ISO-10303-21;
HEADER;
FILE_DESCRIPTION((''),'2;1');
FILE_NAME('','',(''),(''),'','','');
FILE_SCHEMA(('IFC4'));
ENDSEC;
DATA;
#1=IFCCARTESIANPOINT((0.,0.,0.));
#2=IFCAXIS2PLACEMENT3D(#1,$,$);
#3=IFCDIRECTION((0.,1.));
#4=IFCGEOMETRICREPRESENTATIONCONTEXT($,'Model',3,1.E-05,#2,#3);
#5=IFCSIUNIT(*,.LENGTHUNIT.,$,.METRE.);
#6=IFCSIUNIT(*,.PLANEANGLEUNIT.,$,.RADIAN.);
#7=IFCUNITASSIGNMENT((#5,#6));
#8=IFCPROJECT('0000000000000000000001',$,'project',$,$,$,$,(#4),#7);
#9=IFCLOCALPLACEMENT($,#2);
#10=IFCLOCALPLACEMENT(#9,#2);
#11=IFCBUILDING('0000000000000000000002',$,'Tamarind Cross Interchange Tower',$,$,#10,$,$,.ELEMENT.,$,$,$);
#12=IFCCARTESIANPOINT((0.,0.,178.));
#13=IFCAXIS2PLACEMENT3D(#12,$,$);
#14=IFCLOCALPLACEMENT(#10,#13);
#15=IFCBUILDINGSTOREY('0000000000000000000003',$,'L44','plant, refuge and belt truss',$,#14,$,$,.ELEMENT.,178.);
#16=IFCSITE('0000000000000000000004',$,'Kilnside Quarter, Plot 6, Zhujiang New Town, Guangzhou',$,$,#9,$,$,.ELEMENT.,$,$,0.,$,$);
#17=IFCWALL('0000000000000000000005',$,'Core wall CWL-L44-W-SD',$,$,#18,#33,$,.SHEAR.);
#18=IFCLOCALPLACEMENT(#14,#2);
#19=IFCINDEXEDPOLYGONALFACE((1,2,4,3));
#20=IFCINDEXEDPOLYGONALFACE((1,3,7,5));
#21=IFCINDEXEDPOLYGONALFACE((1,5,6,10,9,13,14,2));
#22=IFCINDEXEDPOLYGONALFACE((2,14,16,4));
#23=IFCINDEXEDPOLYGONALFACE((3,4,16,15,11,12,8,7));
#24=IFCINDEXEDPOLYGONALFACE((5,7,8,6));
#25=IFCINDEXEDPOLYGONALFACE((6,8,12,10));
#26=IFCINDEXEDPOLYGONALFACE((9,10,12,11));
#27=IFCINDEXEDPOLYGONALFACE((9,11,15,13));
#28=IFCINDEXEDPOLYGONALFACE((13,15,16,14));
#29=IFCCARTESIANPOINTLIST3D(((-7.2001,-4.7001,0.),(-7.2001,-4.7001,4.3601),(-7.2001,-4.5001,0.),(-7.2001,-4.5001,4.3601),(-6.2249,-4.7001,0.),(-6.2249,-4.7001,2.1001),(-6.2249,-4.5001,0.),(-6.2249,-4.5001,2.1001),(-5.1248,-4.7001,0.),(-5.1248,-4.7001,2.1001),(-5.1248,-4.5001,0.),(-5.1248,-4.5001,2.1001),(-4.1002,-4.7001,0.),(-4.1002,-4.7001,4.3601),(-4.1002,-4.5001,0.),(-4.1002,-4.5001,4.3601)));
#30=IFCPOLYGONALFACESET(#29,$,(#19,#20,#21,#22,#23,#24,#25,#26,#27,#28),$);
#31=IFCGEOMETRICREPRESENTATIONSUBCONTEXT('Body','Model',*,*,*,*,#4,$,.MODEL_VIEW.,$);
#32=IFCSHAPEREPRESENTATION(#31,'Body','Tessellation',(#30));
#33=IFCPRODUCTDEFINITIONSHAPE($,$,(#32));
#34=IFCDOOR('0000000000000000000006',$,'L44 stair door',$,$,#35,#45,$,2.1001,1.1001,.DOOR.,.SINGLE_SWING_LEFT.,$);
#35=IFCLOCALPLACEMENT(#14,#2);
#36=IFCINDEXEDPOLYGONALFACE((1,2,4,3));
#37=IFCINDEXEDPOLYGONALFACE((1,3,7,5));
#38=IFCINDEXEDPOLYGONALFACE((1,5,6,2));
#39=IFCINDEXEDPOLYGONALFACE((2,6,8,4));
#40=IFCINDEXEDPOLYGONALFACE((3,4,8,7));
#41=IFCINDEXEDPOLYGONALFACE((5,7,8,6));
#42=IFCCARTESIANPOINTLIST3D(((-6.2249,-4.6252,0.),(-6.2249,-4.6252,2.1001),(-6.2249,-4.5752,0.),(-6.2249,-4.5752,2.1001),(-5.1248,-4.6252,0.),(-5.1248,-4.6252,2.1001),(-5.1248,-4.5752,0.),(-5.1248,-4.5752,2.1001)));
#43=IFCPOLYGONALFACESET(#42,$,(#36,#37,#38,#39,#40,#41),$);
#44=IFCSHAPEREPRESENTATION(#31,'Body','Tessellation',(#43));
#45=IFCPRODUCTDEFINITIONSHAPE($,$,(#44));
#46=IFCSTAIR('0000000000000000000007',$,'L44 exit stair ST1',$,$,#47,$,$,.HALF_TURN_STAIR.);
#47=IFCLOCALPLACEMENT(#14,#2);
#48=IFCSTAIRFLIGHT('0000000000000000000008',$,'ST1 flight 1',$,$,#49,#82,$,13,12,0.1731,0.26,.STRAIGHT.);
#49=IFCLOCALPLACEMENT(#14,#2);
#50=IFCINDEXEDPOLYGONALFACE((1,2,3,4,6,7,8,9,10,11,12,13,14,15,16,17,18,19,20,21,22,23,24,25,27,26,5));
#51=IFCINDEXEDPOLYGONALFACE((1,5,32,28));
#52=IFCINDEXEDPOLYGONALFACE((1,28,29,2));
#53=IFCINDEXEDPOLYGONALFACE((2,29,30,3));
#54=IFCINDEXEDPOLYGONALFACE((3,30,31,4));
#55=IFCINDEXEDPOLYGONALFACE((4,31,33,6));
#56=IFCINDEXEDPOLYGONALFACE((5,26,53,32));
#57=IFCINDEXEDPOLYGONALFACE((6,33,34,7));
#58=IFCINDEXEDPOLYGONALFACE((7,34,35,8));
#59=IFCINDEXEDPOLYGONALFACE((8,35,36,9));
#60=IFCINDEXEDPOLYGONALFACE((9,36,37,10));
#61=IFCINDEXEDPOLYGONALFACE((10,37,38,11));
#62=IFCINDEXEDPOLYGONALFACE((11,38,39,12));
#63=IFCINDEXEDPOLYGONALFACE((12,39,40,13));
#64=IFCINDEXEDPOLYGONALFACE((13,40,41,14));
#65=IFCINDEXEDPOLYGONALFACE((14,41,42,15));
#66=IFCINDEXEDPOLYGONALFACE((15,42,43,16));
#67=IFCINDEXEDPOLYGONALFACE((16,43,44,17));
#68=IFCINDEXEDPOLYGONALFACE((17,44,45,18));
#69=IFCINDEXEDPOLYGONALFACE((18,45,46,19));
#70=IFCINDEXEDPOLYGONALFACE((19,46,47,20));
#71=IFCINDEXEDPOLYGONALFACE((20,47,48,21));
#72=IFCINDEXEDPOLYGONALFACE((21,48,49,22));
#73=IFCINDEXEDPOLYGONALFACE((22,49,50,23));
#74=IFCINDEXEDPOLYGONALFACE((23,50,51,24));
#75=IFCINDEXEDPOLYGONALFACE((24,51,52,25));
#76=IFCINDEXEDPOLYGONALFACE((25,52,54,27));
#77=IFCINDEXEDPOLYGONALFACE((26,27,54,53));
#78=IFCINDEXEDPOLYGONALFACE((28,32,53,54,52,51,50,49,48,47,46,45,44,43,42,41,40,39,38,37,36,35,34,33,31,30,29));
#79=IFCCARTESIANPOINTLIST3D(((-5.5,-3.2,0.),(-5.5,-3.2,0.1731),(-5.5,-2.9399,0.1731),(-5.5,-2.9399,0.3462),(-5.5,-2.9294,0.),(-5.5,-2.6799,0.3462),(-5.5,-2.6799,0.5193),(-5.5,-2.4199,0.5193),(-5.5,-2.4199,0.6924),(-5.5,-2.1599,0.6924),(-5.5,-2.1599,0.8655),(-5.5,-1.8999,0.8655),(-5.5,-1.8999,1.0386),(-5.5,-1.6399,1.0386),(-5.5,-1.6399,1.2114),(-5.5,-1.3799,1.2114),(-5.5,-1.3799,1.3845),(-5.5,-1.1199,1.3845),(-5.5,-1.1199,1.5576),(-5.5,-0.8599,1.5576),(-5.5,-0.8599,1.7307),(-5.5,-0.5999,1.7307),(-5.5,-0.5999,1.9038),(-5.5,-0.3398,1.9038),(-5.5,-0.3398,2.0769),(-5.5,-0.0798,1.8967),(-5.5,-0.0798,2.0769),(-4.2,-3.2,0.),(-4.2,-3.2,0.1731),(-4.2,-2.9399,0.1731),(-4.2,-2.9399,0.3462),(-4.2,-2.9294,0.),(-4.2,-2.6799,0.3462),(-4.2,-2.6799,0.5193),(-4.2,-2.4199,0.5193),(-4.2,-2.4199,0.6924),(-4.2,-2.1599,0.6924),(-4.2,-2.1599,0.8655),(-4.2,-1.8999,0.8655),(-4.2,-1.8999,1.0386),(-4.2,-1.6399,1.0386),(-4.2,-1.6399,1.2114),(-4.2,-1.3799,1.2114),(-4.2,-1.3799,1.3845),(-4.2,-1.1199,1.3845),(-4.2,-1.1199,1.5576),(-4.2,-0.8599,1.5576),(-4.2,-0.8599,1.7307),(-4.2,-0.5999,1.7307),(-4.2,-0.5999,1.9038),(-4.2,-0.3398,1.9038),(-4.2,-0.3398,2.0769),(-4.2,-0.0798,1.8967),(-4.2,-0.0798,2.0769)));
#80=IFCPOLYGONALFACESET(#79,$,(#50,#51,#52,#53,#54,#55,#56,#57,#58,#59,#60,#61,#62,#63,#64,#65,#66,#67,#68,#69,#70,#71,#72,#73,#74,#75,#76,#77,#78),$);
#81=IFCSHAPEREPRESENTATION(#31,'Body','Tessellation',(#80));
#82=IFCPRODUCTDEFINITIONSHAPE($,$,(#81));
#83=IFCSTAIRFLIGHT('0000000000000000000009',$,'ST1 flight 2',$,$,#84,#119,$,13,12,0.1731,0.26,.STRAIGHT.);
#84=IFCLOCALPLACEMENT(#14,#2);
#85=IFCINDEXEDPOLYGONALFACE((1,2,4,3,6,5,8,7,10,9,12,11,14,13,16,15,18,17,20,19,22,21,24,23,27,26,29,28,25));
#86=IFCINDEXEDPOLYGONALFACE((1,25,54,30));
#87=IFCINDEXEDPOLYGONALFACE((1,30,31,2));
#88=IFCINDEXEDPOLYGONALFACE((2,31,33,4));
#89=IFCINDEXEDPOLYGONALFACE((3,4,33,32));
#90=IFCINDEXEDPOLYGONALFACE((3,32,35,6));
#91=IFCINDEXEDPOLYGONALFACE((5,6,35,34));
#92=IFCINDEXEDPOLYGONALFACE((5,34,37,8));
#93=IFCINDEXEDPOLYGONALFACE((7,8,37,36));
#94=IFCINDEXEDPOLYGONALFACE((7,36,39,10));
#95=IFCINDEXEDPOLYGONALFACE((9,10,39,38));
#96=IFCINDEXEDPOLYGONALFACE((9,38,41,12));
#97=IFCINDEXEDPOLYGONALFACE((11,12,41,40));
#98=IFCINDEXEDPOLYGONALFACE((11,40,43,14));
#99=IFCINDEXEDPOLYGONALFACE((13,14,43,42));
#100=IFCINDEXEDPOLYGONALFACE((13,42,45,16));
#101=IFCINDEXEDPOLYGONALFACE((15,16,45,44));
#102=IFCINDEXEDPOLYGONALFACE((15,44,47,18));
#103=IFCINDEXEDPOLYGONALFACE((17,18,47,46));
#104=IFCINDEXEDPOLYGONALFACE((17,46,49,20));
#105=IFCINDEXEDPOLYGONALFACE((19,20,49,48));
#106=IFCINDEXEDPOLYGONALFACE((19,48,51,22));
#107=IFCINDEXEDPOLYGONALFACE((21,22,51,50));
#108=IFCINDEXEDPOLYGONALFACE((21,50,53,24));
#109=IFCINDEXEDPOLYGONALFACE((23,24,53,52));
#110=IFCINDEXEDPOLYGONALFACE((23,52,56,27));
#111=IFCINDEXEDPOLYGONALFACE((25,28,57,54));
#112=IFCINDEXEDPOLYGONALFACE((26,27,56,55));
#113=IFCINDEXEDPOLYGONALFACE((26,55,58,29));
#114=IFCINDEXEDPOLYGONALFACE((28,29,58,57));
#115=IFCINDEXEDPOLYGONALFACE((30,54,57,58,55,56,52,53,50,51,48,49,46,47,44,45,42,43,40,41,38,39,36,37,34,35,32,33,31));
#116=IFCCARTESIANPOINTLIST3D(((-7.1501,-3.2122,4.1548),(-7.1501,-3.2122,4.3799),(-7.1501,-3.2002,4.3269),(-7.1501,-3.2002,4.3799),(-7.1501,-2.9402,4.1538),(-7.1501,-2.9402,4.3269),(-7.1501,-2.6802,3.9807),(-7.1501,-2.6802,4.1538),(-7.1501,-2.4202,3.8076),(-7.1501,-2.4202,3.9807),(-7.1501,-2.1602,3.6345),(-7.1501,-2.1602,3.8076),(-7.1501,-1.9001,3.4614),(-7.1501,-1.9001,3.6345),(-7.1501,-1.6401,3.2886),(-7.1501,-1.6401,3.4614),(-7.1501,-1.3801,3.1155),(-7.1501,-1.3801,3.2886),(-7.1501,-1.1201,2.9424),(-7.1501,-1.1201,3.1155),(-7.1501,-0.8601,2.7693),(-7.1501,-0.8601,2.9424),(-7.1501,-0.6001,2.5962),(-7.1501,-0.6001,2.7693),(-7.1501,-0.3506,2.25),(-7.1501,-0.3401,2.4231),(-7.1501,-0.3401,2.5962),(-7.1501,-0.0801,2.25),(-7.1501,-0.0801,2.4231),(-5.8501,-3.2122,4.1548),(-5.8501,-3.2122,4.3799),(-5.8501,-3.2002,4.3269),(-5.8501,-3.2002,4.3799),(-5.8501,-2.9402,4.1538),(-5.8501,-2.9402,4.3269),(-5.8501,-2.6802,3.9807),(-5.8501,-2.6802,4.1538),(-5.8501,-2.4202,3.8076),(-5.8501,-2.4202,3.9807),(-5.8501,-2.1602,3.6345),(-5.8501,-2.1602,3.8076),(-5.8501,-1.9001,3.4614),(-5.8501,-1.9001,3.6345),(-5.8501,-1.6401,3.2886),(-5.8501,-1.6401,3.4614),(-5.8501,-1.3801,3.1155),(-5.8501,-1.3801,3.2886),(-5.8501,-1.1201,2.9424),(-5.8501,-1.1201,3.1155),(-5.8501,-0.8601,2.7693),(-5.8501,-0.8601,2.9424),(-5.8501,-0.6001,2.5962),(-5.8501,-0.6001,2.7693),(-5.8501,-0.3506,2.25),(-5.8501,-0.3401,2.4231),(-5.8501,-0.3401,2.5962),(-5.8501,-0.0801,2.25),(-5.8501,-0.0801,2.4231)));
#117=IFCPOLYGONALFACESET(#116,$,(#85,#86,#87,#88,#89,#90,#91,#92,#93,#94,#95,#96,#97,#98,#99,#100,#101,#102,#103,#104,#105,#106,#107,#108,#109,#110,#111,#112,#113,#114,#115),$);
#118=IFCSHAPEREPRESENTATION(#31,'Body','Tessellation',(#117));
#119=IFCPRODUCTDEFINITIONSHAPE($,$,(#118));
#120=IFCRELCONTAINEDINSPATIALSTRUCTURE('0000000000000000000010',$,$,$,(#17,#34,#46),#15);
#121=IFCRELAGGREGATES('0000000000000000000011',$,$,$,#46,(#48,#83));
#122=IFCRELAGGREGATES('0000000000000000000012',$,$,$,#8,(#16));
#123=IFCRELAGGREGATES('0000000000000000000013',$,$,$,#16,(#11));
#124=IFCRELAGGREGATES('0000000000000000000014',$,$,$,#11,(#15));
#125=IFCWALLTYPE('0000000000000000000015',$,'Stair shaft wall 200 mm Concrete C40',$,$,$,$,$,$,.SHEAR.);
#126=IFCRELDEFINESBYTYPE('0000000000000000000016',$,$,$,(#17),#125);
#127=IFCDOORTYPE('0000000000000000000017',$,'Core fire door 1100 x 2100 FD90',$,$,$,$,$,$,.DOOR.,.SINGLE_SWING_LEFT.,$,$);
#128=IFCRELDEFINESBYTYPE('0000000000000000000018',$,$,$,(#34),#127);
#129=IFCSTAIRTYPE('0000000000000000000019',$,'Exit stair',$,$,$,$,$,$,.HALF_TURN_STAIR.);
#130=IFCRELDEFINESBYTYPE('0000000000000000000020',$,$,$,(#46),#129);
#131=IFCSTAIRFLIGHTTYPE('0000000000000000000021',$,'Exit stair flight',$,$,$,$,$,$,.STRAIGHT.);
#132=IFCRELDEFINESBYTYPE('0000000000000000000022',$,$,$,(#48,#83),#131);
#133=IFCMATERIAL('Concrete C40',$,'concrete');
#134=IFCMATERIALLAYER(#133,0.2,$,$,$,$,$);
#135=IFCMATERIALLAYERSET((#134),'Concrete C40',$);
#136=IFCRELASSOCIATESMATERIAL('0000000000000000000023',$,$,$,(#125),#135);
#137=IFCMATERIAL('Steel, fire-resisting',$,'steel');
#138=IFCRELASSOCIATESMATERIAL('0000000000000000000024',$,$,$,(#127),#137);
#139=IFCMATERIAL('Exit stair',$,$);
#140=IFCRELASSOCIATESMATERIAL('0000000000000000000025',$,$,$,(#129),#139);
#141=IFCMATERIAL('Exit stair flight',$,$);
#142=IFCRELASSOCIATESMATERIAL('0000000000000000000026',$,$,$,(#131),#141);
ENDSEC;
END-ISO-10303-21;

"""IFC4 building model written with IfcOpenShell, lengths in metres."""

from ifc_helpers import new_model, si_unit, direction, frame, frame_2d, origin, place, context, subcontext, project, spatial, polyline, rectangle, outline, extrude, material, layer, layer_set, type_object, element, fill, aggregate, save


model = new_model("IFC4")

# Units and contexts
model_context = context("Model", 3, precision=1e-05, world=origin(), true_north=direction((0.0, 1.0)))
body_context = subcontext(model_context, "Body", "Model", "MODEL_VIEW")
ifc_project = project(units=[si_unit("LENGTHUNIT", "METRE"), si_unit("PLANEANGLEUNIT", "RADIAN")], contexts=[model_context])

# Site, building, storey
site_placement = place(None, origin())
site = spatial("IfcSite", under=ifc_project, at=site_placement, Name="Kilnside Quarter, Plot 6, Zhujiang New Town, Guangzhou", CompositionType="ELEMENT", RefElevation=0.0)
building_placement = place(site_placement, origin())
building = spatial("IfcBuilding", under=site, at=building_placement, Name="Tamarind Cross Interchange Tower", CompositionType="ELEMENT")
storey_placement = place(building_placement, frame((0.0, 0.0, 178.0)))
storey = spatial("IfcBuildingStorey", under=building, at=storey_placement, Name="L44", Description="plant, refuge and belt truss", CompositionType="ELEMENT", Elevation=178.0)

# Shared definitions
ifc_material_1 = material(Name="Steel, fire-resisting", Category="steel")

# Wall, opening, door
ifc_material_2 = material(Name="Concrete C40", Category="concrete")
ifc_layer_1 = layer(ifc_material_2, 0.2)
ifc_layer_set_1 = layer_set([ifc_layer_1], Name="Concrete C40")
wall_type_1 = type_object("IfcWallType", Name="Stair shaft wall 200 mm Concrete C40", PredefinedType="SHEAR", material=ifc_layer_set_1)
wall_1_placement = place(storey_placement, frame((-7.2, -4.6001, 0.0), z_axis=(0.0, 0.0, 1.0), x_axis=(1.0, 0.0, 0.0)))
wall_1 = element("IfcWall", 1, at=wall_1_placement, inside=storey, type_object=wall_type_1, Name="Core wall CWL-L44-W-SD", PredefinedType="SHEAR", context=body_context, shape_type="SweptSolid", body=[
    extrude(rectangle(XDim=3.0999, YDim=0.2, at=frame_2d((1.5498, 0.0))), origin(), (0.0, 0.0, 1.0), 4.3601),
])
opening_1_placement = place(wall_1_placement, frame((0.9751, 0.0, 0.0)))
opening_1 = element("IfcOpeningElement", 2, at=opening_1_placement, cuts=wall_1, PredefinedType="OPENING", context=body_context, shape_type="SweptSolid", body=[
    extrude(rectangle(XDim=1.1001, YDim=2.1001, at=frame_2d((0.55, 1.05))), frame((0.0, 0.1099, 0.0), z_axis=(0.0, -1.0, 0.0), x_axis=(1.0, 0.0, 0.0)), (0.0, 0.0, 1.0), 0.22),
])
door_type_1 = type_object("IfcDoorType", Name="Core fire door 1100 x 2100 FD90", OperationType="SINGLE_SWING_LEFT", PredefinedType="DOOR", material=ifc_material_1)
door_1_placement = place(opening_1_placement, origin())
door_1 = element("IfcDoor", 3, at=door_1_placement, inside=storey, type_object=door_type_1, Name="L44 stair door", OperationType="SINGLE_SWING_LEFT", OverallHeight=2.1001, OverallWidth=1.1001, PredefinedType="DOOR", context=body_context, shape_type="SweptSolid", body=[
    extrude(rectangle(XDim=1.1001, YDim=2.1001, at=frame_2d((0.55, 1.05))), frame((0.0, 0.0249, 0.0), z_axis=(0.0, -1.0, 0.0), x_axis=(1.0, 0.0, 0.0)), (0.0, 0.0, 1.0), 0.05),
])
fill(opening_1, door_1)

# Stair, stair flights
ifc_material_3 = material(Name="Exit stair")
stair_type = type_object("IfcStairType", Name="Exit stair", PredefinedType="HALF_TURN_STAIR", material=ifc_material_3)
stair_placement = place(storey_placement, origin())
stair = element("IfcStair", 4, at=stair_placement, inside=storey, type_object=stair_type, Name="L44 exit stair ST1", PredefinedType="HALF_TURN_STAIR")
ifc_material_4 = material(Name="Exit stair flight")
stair_flight_type = type_object("IfcStairFlightType", Name="Exit stair flight", PredefinedType="STRAIGHT", material=ifc_material_4)
stair_flight_1_placement = place(storey_placement, frame((-4.8501, -3.2, 0.0), z_axis=(0.0, 0.0, 1.0), x_axis=(0.0, 1.0, 0.0)))
stair_flight_1 = element("IfcStairFlight", 5, at=stair_flight_1_placement, type_object=stair_flight_type, Name="ST1 flight 1", NumberOfRisers=13, NumberOfTreads=12, PredefinedType="STRAIGHT", RiserHeight=0.1731, TreadLength=0.26, context=body_context, shape_type="SweptSolid", body=[
    extrude(outline(polyline([(0.0, 0.0), (0.0, 0.1731), (0.26, 0.1731), (0.26, 0.3462), (0.52, 0.3462), (0.52, 0.5193), (0.78, 0.5193), (0.78, 0.6924), (1.04, 0.6924), (1.04, 0.8655), (1.3, 0.8655), (1.3, 1.0386), (1.5601, 1.0386), (1.5601, 1.2114), (1.8201, 1.2114), (1.8201, 1.3845), (2.0801, 1.3845), (2.0801, 1.5576), (2.3401, 1.5576), (2.3401, 1.7307), (2.6001, 1.7307), (2.6001, 1.9038), (2.8601, 1.9038), (2.8601, 2.0769), (3.1201, 2.0769), (3.1201, 2.25), (3.1201, 1.8967), (0.2705, 0.0), (0.0, 0.0)])), frame((0.0, 0.6499, 0.0), z_axis=(0.0, -1.0, 0.0), x_axis=(1.0, 0.0, 0.0)), (0.0, 0.0, 1.0), 1.3),
])
stair_flight_2_placement = place(storey_placement, frame((-6.5, -0.0801, 2.25), z_axis=(0.0, 0.0, 1.0), x_axis=(0.0, -1.0, 0.0)))
stair_flight_2 = element("IfcStairFlight", 6, at=stair_flight_2_placement, type_object=stair_flight_type, Name="ST1 flight 2", NumberOfRisers=13, NumberOfTreads=12, PredefinedType="STRAIGHT", RiserHeight=0.1731, TreadLength=0.26, context=body_context, shape_type="SweptSolid", body=[
    extrude(outline(polyline([(0.0, 0.0), (0.0, 0.1731), (0.26, 0.1731), (0.26, 0.3462), (0.52, 0.3462), (0.52, 0.5193), (0.78, 0.5193), (0.78, 0.6924), (1.04, 0.6924), (1.04, 0.8655), (1.3, 0.8655), (1.3, 1.0386), (1.5601, 1.0386), (1.5601, 1.2114), (1.8201, 1.2114), (1.8201, 1.3845), (2.0801, 1.3845), (2.0801, 1.5576), (2.3401, 1.5576), (2.3401, 1.7307), (2.6001, 1.7307), (2.6001, 1.9038), (2.8601, 1.9038), (2.8601, 2.0769), (3.1201, 2.0769), (3.1201, 2.1299), (3.1321, 2.1299), (3.1321, 1.9048), (0.2705, 0.0), (0.0, 0.0)])), frame((0.0, 0.6499, 0.0), z_axis=(0.0, -1.0, 0.0), x_axis=(1.0, 0.0, 0.0)), (0.0, 0.0, 1.0), 1.3),
])
aggregate(stair, [stair_flight_1, stair_flight_2])

save(model, "model.ifc")
